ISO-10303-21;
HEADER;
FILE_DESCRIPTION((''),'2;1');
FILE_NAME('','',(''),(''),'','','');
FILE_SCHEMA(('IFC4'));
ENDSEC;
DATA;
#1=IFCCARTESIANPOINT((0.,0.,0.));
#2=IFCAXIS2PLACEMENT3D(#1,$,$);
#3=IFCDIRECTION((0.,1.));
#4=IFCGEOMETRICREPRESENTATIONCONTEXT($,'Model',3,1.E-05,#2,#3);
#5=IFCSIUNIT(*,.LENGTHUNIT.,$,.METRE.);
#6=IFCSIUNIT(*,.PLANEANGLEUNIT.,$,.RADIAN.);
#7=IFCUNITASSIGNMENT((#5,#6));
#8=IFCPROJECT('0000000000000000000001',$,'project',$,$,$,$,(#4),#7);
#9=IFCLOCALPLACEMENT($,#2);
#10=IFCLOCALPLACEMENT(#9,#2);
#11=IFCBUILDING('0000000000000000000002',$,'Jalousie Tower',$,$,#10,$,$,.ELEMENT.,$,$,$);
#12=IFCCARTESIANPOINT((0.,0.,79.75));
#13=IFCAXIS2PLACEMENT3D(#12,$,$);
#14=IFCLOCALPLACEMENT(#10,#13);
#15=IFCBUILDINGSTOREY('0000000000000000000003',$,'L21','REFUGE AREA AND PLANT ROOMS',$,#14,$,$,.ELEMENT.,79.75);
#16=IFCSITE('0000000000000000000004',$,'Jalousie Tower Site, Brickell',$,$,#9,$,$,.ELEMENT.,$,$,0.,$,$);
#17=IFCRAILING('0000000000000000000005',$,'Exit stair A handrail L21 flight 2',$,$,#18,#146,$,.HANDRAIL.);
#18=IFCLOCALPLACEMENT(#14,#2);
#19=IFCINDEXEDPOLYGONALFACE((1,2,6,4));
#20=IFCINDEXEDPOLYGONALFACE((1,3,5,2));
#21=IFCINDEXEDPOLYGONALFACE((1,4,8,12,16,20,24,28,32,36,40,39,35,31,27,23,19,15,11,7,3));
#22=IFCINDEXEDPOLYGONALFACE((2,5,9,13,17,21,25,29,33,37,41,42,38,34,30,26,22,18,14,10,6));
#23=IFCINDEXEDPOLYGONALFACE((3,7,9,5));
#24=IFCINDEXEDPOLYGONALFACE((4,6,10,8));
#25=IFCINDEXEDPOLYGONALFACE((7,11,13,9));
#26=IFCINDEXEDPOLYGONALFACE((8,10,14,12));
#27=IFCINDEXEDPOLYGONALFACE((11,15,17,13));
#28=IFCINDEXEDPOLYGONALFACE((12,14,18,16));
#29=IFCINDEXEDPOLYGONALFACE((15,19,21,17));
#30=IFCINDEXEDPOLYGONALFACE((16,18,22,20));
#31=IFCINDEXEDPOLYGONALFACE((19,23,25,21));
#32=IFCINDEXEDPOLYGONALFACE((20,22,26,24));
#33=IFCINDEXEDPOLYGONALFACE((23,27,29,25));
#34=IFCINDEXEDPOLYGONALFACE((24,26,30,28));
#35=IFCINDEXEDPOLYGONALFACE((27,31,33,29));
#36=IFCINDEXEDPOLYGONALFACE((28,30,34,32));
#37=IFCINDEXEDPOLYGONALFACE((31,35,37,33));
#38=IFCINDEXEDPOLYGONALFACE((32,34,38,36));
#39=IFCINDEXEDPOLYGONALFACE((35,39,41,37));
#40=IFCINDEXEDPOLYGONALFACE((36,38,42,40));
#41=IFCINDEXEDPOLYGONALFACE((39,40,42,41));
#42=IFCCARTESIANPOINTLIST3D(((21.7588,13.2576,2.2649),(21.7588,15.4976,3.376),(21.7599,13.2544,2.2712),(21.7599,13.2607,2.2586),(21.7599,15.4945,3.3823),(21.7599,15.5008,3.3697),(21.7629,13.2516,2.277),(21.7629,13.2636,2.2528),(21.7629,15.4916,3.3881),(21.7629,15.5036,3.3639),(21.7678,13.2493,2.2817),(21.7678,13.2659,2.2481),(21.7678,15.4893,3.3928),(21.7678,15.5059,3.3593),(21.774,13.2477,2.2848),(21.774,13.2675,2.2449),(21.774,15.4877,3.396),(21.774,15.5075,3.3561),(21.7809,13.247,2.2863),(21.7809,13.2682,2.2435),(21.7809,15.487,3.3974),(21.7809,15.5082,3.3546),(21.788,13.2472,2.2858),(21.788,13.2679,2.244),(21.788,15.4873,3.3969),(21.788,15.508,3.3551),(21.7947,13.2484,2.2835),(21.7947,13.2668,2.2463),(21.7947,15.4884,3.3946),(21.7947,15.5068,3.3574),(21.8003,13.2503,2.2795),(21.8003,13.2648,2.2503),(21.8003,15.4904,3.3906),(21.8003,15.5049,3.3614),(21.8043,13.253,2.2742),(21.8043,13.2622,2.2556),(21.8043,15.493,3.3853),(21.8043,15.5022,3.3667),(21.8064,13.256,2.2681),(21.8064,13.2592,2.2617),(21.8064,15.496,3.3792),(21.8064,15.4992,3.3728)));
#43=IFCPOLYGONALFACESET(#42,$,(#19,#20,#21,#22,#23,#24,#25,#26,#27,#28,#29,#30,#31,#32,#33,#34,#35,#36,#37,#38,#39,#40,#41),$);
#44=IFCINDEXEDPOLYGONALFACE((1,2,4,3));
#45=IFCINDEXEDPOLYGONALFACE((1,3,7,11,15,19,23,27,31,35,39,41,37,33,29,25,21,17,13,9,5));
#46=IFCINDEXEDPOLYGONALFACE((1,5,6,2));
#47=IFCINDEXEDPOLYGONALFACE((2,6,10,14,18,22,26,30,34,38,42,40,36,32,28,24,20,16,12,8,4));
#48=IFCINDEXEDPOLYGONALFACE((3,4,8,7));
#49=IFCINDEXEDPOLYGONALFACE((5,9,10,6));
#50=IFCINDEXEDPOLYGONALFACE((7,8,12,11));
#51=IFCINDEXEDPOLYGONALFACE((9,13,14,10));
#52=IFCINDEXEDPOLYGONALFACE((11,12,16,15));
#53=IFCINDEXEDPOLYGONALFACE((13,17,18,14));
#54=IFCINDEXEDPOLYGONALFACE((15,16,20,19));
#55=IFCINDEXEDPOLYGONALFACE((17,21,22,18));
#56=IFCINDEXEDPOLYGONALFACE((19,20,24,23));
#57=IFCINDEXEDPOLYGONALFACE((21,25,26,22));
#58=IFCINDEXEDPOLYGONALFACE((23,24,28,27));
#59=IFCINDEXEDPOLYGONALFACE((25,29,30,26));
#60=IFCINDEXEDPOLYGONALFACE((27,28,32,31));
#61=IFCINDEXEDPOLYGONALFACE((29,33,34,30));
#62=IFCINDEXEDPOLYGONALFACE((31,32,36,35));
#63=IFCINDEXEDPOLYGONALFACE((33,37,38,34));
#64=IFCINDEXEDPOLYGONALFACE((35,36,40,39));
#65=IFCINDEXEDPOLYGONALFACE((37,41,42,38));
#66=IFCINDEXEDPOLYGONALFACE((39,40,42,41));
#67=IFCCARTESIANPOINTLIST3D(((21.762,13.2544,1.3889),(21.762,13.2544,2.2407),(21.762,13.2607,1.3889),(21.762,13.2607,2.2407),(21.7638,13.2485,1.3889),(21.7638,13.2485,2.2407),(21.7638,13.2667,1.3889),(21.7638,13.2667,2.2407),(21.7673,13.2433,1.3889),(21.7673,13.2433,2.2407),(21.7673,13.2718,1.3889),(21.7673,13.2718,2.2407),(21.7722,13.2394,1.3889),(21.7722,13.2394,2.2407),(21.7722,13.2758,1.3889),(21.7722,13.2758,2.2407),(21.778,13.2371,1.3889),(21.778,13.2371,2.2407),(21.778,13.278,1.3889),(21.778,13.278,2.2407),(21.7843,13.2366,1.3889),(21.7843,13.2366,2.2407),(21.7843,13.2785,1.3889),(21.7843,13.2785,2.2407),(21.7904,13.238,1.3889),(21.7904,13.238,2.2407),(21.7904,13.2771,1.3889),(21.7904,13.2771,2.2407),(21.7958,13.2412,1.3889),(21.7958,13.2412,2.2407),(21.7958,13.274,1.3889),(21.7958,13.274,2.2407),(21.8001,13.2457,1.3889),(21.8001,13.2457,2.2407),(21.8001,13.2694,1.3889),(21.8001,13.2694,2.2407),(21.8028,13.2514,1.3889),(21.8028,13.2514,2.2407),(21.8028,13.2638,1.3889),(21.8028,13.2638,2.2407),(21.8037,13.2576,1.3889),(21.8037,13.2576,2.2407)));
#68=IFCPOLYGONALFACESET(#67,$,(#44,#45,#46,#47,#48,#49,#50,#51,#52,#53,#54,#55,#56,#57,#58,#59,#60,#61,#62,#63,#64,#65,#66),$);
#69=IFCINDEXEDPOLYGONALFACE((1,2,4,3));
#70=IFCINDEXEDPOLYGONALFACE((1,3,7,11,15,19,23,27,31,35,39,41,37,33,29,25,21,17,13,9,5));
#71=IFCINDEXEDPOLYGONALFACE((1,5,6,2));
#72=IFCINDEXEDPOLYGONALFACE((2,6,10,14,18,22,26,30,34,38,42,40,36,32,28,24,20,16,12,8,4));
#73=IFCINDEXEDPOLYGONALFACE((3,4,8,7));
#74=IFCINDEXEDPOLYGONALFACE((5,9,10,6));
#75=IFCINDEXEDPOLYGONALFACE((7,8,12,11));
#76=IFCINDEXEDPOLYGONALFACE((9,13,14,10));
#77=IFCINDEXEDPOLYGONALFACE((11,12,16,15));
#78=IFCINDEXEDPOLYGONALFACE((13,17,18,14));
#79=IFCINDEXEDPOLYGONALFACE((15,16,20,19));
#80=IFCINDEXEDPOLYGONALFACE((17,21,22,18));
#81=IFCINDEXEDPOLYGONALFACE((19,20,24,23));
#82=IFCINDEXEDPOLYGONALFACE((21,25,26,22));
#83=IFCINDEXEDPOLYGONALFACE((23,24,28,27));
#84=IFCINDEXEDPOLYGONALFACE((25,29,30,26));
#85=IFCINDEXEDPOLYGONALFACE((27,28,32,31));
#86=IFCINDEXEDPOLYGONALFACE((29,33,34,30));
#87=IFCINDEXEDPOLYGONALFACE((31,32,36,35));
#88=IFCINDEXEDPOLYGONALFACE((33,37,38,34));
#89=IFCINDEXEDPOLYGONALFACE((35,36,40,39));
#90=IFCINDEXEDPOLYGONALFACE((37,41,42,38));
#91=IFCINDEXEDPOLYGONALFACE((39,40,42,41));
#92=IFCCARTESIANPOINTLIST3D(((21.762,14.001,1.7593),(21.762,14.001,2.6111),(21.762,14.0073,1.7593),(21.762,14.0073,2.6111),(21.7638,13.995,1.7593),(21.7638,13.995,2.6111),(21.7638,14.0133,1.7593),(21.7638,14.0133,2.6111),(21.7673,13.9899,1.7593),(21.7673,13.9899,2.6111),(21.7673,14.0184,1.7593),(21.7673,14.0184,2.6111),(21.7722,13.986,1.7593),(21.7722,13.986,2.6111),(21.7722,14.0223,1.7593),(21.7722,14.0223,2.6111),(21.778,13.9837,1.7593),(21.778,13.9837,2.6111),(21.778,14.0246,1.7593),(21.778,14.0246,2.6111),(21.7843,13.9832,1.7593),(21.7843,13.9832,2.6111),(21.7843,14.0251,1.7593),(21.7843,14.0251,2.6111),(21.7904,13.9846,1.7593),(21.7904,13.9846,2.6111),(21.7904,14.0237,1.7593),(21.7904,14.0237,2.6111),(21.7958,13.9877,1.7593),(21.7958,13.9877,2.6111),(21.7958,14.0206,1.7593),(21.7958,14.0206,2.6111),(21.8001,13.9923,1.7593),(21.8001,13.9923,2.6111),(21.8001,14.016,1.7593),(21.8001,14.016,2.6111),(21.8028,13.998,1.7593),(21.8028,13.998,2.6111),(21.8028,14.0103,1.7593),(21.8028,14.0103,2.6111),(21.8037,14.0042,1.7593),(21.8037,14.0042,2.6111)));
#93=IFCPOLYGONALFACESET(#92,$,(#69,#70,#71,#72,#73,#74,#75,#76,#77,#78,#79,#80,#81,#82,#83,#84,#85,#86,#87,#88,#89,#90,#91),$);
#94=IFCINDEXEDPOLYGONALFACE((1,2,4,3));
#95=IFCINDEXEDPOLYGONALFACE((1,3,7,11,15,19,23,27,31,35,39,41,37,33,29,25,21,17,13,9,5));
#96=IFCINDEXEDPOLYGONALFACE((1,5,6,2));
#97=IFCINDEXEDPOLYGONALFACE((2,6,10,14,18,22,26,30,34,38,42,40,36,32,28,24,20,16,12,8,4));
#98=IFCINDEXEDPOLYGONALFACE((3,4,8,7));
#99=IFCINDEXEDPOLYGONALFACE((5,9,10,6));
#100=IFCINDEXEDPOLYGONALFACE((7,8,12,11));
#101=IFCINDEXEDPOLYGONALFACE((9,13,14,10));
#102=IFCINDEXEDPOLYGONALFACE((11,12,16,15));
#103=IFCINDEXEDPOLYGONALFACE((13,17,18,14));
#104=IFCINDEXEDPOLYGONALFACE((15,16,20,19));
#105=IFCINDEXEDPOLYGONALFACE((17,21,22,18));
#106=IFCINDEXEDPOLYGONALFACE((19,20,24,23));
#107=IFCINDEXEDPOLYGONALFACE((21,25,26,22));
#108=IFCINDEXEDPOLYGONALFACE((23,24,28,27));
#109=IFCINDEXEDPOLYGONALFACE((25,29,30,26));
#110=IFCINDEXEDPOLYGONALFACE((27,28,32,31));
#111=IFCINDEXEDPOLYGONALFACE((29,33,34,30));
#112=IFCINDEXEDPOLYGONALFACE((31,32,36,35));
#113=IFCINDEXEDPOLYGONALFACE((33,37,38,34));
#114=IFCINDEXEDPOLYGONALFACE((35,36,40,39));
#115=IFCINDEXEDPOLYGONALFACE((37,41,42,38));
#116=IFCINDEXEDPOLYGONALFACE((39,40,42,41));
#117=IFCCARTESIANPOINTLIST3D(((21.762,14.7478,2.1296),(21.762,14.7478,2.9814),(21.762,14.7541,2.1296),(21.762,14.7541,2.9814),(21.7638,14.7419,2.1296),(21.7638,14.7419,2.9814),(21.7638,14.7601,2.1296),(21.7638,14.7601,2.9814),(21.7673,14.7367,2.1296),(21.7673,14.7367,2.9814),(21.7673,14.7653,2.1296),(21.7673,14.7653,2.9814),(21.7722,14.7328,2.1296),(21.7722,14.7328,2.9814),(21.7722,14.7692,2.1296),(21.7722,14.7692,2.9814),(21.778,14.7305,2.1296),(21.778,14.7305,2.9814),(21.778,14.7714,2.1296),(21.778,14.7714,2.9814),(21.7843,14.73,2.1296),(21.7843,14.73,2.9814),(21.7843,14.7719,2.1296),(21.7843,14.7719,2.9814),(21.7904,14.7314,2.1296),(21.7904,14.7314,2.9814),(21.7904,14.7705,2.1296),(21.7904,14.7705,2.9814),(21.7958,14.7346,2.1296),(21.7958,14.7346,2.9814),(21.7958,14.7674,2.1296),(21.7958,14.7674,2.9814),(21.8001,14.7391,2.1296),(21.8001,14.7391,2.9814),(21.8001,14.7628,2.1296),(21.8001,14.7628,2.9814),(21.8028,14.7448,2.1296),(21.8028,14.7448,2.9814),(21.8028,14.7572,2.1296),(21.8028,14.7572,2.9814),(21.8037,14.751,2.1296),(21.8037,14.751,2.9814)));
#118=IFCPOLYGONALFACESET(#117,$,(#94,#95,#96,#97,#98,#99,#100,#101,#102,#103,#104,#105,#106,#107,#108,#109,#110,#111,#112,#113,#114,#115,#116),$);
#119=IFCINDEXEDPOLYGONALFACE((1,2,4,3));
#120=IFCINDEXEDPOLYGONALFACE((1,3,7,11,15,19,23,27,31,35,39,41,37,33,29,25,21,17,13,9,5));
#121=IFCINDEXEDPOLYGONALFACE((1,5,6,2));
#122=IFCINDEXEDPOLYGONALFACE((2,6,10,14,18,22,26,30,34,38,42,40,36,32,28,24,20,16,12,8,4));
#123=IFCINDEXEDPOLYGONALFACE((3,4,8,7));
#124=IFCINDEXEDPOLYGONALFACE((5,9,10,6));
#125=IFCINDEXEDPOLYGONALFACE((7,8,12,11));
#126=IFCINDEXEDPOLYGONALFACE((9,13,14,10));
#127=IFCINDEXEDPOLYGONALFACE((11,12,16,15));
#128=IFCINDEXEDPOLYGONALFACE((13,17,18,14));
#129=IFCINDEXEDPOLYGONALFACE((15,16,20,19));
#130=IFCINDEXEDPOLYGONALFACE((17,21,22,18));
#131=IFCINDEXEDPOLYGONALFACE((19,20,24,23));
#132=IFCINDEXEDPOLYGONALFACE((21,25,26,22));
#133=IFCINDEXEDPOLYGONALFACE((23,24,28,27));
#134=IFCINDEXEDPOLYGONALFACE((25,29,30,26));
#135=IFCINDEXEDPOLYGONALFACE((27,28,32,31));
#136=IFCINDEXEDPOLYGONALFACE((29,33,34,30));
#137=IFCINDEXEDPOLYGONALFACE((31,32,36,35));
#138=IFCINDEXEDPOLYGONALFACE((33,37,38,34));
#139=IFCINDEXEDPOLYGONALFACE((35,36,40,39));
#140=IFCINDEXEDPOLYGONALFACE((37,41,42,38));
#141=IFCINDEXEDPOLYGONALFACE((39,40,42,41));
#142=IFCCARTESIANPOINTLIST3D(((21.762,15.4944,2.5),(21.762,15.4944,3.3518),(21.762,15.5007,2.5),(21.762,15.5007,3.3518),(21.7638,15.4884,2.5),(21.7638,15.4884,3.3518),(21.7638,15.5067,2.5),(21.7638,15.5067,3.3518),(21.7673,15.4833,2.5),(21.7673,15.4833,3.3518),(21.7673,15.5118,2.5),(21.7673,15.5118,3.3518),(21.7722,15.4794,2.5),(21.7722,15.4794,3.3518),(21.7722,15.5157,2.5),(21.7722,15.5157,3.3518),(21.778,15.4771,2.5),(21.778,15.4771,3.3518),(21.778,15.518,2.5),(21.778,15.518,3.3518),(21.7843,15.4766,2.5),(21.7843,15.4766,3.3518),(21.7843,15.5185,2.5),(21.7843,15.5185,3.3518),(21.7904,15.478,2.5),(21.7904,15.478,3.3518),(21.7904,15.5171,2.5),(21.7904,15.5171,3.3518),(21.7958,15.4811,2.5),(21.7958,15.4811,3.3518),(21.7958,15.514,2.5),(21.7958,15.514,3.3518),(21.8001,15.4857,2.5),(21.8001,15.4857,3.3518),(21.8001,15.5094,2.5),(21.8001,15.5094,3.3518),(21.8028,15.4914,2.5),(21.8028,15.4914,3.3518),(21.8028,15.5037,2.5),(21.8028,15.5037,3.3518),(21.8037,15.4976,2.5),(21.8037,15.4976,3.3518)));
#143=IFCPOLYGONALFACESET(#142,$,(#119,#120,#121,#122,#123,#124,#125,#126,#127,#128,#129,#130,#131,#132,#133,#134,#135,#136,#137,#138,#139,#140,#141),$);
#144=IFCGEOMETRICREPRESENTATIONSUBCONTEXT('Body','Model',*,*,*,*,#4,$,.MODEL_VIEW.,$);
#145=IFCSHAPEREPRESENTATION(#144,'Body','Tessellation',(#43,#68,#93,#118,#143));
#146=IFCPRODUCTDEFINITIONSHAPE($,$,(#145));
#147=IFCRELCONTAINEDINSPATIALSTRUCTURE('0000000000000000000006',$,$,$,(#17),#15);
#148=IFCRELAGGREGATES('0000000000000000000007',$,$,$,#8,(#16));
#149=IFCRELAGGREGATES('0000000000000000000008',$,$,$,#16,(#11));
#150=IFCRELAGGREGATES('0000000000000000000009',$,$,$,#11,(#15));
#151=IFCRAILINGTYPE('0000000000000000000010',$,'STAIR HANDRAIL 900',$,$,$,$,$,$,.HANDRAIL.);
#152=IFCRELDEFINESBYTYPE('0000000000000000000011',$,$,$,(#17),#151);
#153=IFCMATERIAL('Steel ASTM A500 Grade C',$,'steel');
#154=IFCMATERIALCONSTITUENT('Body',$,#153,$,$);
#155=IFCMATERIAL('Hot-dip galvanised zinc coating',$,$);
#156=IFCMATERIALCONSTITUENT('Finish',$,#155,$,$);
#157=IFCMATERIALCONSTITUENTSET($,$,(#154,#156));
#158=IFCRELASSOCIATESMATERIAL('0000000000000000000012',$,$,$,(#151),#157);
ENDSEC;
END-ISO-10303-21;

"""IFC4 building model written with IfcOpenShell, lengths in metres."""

from ifc_helpers import new_model, si_unit, direction, frame, origin, origin_2d, place, context, subcontext, project, spatial, circle, extrude, material, constituent, constituent_set, type_object, element, save


model = new_model("IFC4")

# Units and contexts
model_context = context("Model", 3, precision=1e-05, world=origin(), true_north=direction((0.0, 1.0)))
body_context = subcontext(model_context, "Body", "Model", "MODEL_VIEW")
ifc_project = project(units=[si_unit("LENGTHUNIT", "METRE"), si_unit("PLANEANGLEUNIT", "RADIAN")], contexts=[model_context])

# Site, building, storey
site_placement = place(None, origin())
site = spatial("IfcSite", under=ifc_project, at=site_placement, Name="Jalousie Tower Site, Brickell", CompositionType="ELEMENT", RefElevation=0.0)
building_placement = place(site_placement, origin())
building = spatial("IfcBuilding", under=site, at=building_placement, Name="Jalousie Tower", CompositionType="ELEMENT")
storey_placement = place(building_placement, frame((0.0, 0.0, 79.75)))
storey = spatial("IfcBuildingStorey", under=building, at=storey_placement, Name="L21", Description="REFUGE AREA AND PLANT ROOMS", CompositionType="ELEMENT", Elevation=79.75)

# Railing
ifc_material_1 = material(Name="Steel ASTM A500 Grade C", Category="steel")
ifc_constituent_1 = constituent(ifc_material_1, Name="Body")
ifc_material_2 = material(Name="Hot-dip galvanised zinc coating")
ifc_constituent_2 = constituent(ifc_material_2, Name="Finish")
ifc_constituent_set_1 = constituent_set(constituents=[ifc_constituent_1, ifc_constituent_2])
railing_type_1 = type_object("IfcRailingType", Name="STAIR HANDRAIL 900", PredefinedType="HANDRAIL", material=ifc_constituent_set_1)
railing_1_placement = place(storey_placement, frame((21.7827, 13.2576, 1.3889)))
element("IfcRailing", 1, at=railing_1_placement, inside=storey, type_object=railing_type_1, Name="Exit stair A handrail L21 flight 2", PredefinedType="HANDRAIL", context=body_context, shape_type="SweptSolid", body=[
    extrude(circle(Radius=0.0239, at=origin_2d()), frame((0.0, 0.0, 0.876), z_axis=(0.0, 0.895848, 0.44436), x_axis=(-1.0, 0.0, 0.0)), (0.0, 0.0, 1.0), 2.5005),
    extrude(circle(Radius=0.021, at=origin_2d()), origin(), (0.0, 0.0, 1.0), 0.8518),
    extrude(circle(Radius=0.021, at=origin_2d()), frame((0.0, 0.7466, 0.3704)), (0.0, 0.0, 1.0), 0.8518),
    extrude(circle(Radius=0.021, at=origin_2d()), frame((0.0, 1.4934, 0.7407)), (0.0, 0.0, 1.0), 0.8518),
    extrude(circle(Radius=0.021, at=origin_2d()), frame((0.0, 2.24, 1.1111)), (0.0, 0.0, 1.0), 0.8518),
])

save(model, "model.ifc")
